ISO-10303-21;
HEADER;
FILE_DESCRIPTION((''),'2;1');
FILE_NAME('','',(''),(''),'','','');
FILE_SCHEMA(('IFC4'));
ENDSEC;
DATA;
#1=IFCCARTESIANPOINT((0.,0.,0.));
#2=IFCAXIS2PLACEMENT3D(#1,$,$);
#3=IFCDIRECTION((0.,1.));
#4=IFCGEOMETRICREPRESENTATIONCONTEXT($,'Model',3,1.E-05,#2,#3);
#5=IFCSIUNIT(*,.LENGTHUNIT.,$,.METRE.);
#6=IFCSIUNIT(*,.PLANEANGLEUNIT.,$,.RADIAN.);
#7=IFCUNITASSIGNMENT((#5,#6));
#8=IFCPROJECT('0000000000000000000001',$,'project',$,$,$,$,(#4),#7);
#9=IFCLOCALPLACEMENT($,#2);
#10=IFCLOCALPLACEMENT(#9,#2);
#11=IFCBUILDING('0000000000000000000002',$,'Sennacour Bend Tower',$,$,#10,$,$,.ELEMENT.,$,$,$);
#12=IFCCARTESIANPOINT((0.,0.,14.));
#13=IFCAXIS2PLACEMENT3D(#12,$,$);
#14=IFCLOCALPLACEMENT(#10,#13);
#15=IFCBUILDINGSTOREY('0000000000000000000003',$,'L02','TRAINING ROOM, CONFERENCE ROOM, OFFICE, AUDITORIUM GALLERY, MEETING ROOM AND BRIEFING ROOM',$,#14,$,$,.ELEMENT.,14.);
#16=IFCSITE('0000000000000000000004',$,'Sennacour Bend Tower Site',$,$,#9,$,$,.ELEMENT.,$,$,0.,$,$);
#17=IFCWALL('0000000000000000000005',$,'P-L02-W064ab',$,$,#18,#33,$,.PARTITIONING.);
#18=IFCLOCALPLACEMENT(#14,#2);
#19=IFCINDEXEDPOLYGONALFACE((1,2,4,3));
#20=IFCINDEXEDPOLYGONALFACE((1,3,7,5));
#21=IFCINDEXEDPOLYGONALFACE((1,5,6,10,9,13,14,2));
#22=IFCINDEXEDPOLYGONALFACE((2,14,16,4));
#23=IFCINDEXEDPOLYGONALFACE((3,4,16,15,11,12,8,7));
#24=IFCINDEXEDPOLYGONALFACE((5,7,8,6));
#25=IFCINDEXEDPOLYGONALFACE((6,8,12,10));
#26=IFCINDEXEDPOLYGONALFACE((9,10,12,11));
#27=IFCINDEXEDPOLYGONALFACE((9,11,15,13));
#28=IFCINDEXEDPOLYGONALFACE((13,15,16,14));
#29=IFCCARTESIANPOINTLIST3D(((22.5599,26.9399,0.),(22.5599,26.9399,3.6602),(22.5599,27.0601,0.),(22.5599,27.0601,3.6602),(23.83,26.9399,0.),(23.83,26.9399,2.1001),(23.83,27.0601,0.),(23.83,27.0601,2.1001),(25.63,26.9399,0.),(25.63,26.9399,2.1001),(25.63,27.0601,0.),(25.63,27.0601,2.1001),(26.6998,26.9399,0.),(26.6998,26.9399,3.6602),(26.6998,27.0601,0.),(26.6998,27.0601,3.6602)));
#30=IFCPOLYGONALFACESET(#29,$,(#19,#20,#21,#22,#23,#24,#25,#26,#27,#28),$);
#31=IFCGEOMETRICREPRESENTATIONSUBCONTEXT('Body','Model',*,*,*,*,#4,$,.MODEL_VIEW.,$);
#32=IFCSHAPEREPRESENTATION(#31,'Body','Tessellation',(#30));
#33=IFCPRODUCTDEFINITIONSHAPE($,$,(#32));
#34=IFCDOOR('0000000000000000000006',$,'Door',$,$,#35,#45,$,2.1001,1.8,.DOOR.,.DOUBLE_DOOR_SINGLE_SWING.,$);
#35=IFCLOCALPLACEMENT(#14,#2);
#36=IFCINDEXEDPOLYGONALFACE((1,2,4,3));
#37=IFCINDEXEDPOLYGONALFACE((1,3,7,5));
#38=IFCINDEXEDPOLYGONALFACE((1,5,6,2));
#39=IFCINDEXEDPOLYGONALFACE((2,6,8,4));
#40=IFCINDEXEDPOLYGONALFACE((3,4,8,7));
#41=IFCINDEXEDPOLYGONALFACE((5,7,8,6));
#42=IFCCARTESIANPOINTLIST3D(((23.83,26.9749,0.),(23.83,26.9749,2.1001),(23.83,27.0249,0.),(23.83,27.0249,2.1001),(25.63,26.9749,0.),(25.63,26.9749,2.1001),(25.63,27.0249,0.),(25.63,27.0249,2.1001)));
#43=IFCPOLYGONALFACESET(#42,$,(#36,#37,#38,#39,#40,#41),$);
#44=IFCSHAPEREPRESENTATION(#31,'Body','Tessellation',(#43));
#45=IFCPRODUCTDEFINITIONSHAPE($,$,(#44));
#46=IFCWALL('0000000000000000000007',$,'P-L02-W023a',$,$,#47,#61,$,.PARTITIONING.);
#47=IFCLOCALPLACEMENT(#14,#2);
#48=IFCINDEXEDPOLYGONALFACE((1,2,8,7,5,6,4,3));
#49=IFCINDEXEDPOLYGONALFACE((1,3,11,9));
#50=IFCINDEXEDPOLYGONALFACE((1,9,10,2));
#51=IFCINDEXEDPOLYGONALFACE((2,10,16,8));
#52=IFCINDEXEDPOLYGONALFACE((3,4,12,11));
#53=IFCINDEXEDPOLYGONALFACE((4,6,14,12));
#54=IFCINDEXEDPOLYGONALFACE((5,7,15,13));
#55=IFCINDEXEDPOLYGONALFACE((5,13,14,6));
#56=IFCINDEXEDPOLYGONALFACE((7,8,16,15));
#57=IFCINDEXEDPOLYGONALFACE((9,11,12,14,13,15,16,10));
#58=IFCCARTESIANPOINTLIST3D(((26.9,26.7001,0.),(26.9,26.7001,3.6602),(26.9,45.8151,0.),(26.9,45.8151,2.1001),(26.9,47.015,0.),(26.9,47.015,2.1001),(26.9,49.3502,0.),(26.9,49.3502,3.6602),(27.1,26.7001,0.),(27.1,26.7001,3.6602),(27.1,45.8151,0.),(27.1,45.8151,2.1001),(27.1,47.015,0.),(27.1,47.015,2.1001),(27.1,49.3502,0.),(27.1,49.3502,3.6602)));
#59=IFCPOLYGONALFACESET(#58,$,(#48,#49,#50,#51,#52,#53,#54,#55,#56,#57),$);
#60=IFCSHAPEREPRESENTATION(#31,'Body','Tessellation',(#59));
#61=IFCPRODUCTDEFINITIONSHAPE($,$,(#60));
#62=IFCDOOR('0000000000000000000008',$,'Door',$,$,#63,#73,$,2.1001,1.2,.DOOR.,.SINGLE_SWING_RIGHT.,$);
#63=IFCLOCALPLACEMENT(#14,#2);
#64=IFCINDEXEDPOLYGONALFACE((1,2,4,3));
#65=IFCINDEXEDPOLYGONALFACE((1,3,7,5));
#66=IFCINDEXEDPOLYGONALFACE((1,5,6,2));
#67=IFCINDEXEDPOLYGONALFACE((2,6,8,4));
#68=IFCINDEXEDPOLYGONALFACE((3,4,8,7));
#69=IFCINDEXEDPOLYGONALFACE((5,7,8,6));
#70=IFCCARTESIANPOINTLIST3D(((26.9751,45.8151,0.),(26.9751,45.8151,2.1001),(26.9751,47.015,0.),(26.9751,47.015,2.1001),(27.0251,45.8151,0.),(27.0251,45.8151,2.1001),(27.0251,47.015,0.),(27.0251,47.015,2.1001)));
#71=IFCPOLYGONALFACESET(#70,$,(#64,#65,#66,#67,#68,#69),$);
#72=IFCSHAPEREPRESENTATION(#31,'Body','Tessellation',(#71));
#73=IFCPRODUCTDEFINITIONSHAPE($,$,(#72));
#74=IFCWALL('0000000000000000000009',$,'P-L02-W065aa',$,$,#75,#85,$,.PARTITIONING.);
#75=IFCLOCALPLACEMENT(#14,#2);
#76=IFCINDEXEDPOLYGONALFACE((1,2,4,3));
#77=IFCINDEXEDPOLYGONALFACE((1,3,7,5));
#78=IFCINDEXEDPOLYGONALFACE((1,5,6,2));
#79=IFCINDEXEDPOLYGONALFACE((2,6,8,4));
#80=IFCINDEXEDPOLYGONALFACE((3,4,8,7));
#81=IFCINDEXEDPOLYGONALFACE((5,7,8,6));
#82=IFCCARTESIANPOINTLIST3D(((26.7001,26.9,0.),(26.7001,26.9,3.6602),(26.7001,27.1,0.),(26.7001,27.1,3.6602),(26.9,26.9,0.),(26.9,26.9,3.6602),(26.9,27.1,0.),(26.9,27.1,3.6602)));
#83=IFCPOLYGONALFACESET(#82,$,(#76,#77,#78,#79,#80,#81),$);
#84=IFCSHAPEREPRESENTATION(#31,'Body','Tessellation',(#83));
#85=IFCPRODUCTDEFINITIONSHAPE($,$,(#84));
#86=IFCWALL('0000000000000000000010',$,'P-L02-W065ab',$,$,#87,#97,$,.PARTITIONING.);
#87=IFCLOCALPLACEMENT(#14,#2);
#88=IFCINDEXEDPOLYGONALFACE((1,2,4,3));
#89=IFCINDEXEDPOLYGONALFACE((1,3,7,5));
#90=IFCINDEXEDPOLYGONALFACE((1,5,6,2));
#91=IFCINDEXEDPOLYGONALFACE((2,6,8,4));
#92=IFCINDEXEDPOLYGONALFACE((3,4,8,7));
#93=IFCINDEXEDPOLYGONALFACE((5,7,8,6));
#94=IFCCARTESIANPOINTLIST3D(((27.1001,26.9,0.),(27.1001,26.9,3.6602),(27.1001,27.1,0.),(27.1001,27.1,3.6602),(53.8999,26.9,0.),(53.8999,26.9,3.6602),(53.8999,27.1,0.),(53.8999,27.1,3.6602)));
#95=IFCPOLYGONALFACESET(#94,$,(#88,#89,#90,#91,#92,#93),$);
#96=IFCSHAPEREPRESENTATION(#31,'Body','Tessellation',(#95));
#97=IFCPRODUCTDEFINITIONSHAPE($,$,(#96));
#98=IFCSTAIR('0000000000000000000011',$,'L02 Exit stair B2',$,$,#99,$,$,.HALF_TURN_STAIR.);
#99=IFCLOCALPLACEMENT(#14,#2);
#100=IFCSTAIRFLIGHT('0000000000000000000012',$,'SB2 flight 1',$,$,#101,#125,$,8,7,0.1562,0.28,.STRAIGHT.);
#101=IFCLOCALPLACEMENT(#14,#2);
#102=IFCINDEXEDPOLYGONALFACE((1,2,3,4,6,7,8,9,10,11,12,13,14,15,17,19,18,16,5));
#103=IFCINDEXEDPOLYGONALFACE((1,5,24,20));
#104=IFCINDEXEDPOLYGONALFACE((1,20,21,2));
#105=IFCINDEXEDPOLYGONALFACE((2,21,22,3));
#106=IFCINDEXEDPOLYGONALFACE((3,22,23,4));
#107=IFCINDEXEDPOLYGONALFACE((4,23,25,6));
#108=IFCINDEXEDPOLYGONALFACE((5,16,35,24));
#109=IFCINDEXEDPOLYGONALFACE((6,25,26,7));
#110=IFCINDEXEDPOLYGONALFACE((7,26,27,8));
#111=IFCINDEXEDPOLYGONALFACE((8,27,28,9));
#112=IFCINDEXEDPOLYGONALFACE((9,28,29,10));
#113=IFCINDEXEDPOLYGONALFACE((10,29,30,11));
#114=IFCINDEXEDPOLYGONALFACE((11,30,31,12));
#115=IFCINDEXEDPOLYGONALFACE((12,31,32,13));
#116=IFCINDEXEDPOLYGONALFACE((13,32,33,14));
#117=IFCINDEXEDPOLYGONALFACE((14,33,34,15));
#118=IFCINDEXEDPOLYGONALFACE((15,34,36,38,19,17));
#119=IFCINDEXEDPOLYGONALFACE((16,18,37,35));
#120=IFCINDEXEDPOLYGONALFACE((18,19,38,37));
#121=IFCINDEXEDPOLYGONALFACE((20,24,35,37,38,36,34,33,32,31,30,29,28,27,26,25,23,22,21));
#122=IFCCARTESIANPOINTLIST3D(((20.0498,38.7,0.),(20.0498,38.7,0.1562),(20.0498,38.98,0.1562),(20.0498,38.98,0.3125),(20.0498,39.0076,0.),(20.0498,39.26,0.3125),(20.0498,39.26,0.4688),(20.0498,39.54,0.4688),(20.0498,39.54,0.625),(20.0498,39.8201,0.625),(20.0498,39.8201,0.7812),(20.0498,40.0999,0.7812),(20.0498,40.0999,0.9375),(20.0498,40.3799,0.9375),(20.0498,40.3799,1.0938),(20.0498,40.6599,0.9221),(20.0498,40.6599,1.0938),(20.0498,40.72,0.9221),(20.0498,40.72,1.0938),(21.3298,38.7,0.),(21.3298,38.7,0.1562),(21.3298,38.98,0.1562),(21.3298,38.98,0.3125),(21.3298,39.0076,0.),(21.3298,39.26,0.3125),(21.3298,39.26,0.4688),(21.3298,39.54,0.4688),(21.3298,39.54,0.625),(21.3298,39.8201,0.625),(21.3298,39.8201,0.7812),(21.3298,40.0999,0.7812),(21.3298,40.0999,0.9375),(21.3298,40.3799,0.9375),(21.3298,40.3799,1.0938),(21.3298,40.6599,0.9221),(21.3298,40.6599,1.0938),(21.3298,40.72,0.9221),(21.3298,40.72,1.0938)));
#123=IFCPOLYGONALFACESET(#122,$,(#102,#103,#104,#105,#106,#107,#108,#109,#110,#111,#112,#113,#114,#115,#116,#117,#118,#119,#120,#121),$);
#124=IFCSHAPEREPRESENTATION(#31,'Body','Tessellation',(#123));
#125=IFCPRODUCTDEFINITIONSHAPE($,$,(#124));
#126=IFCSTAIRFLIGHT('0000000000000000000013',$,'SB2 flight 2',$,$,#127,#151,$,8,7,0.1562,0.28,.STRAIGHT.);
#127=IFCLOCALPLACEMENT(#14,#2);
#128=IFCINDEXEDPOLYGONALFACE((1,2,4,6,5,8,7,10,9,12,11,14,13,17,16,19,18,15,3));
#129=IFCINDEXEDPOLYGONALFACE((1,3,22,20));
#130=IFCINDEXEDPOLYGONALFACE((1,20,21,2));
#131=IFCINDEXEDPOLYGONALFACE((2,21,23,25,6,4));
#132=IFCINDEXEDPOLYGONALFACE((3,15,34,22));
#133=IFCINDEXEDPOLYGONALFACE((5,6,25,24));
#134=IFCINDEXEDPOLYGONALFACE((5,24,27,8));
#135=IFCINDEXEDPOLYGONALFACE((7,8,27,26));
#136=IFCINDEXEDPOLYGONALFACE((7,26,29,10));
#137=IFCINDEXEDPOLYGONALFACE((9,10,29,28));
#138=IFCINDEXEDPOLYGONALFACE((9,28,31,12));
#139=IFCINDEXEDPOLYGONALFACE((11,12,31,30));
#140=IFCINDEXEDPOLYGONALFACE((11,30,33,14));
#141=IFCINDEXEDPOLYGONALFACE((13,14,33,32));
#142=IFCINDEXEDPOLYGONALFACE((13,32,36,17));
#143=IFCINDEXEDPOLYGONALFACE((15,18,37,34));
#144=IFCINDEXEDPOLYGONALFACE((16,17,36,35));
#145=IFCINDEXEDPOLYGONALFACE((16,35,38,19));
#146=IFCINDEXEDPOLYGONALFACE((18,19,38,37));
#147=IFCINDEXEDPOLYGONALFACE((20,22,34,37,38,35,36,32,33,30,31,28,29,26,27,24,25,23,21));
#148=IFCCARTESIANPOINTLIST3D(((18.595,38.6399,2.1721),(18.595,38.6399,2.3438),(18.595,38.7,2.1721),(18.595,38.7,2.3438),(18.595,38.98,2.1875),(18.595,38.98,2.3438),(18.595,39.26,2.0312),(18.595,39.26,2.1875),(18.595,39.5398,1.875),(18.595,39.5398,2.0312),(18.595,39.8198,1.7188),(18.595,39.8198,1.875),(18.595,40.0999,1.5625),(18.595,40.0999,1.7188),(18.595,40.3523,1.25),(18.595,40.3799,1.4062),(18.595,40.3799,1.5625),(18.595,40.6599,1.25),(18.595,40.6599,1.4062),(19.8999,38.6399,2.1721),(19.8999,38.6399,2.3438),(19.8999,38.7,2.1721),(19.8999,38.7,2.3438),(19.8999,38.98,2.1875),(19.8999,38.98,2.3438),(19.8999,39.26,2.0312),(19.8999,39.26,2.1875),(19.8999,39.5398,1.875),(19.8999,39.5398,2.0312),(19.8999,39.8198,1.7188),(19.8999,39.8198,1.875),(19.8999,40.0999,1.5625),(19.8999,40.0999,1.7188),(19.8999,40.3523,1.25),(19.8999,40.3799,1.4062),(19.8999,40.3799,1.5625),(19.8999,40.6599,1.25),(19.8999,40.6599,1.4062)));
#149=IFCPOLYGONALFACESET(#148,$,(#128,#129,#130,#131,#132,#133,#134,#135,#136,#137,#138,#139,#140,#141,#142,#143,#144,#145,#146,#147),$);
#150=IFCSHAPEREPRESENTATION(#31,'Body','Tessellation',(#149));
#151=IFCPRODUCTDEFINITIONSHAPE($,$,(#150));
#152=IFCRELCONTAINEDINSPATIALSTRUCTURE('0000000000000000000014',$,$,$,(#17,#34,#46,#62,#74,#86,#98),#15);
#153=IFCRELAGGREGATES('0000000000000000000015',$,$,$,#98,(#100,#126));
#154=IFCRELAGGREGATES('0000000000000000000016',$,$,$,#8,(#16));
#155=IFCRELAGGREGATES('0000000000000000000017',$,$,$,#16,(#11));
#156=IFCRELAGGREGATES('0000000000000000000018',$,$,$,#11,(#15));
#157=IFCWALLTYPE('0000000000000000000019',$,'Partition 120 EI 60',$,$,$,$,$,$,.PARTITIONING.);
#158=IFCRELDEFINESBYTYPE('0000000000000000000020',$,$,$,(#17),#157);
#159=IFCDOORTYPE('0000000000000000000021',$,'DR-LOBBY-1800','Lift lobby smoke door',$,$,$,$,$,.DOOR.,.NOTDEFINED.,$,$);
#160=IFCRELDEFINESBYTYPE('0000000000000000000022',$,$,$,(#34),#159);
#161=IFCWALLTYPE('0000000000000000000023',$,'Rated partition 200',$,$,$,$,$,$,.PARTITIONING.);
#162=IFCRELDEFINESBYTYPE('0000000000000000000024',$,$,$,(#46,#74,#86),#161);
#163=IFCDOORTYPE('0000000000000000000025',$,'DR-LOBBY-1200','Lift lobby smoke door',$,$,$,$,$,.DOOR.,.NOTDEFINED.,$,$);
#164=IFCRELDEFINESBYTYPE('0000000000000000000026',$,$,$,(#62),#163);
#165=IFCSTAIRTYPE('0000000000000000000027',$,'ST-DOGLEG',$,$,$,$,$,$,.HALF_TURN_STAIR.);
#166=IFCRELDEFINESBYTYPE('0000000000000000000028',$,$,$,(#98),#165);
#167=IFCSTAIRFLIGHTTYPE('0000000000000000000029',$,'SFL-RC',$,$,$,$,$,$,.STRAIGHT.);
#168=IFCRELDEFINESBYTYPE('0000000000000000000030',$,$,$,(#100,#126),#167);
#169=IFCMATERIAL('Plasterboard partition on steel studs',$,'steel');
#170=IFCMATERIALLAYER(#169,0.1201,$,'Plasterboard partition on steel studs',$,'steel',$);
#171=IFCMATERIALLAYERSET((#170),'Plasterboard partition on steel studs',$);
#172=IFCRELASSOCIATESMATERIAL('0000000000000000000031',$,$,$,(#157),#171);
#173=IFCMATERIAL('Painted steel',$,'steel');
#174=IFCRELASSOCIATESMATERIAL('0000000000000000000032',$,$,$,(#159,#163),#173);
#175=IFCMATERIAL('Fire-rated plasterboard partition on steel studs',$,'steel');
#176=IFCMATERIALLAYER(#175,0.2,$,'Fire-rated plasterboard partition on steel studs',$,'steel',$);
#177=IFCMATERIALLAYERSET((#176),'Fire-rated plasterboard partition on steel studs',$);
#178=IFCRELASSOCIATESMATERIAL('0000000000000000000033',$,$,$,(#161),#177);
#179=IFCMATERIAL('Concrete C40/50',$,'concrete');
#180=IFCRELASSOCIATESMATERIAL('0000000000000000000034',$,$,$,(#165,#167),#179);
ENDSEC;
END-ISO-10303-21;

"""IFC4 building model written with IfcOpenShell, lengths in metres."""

from ifc_helpers import new_model, si_unit, direction, frame, frame_2d, origin, place, context, subcontext, project, spatial, polyline, rectangle, outline, extrude, material, layer, layer_set, type_object, element, fill, aggregate, save


model = new_model("IFC4")

# Units and contexts
model_context = context("Model", 3, precision=1e-05, world=origin(), true_north=direction((0.0, 1.0)))
body_context = subcontext(model_context, "Body", "Model", "MODEL_VIEW")
ifc_project = project(units=[si_unit("LENGTHUNIT", "METRE"), si_unit("PLANEANGLEUNIT", "RADIAN")], contexts=[model_context])

# Site, building, storey
site_placement = place(None, origin())
site = spatial("IfcSite", under=ifc_project, at=site_placement, Name="Sennacour Bend Tower Site", CompositionType="ELEMENT", RefElevation=0.0)
building_placement = place(site_placement, origin())
building = spatial("IfcBuilding", under=site, at=building_placement, Name="Sennacour Bend Tower", CompositionType="ELEMENT")
storey_placement = place(building_placement, frame((0.0, 0.0, 14.0)))
storey = spatial("IfcBuildingStorey", under=building, at=storey_placement, Name="L02", Description="TRAINING ROOM, CONFERENCE ROOM, OFFICE, AUDITORIUM GALLERY, MEETING ROOM AND BRIEFING ROOM", CompositionType="ELEMENT", Elevation=14.0)

# Shared definitions
ifc_material_1 = material(Name="Plasterboard partition on steel studs", Category="steel")

# Walls, openings, doors
ifc_layer_1 = layer(ifc_material_1, 0.1201, Name="Plasterboard partition on steel studs", Category="steel")
ifc_layer_set_1 = layer_set([ifc_layer_1], Name="Plasterboard partition on steel studs")
wall_type_1 = type_object("IfcWallType", Name="Partition 120 EI 60", PredefinedType="PARTITIONING", material=ifc_layer_set_1)
wall_1_placement = place(storey_placement, frame((22.5601, 27.0, 0.0), z_axis=(0.0, 0.0, 1.0), x_axis=(1.0, 0.0, 0.0)))
wall_1 = element("IfcWall", 1, at=wall_1_placement, inside=storey, type_object=wall_type_1, Name="P-L02-W064ab", PredefinedType="PARTITIONING", context=body_context, shape_type="SweptSolid", body=[
    extrude(rectangle(XDim=4.1399, YDim=0.1201, at=frame_2d((2.0698, 0.0))), origin(), (0.0, 0.0, 1.0), 3.6602),
])
opening_1_placement = place(wall_1_placement, frame((1.27, 0.0, 0.0)))
opening_1 = element("IfcOpeningElement", 2, at=opening_1_placement, cuts=wall_1, PredefinedType="OPENING", context=body_context, shape_type="SweptSolid", body=[
    extrude(rectangle(XDim=1.8, YDim=2.1001, at=frame_2d((0.8999, 1.05))), frame((0.0, 0.0701, 0.0), z_axis=(0.0, -1.0, 0.0), x_axis=(1.0, 0.0, 0.0)), (0.0, 0.0, 1.0), 0.1401),
])
ifc_material_2 = material(Name="Painted steel", Category="steel")
door_type_1 = type_object("IfcDoorType", Name="DR-LOBBY-1800", Description="Lift lobby smoke door", OperationType="NOTDEFINED", PredefinedType="DOOR", material=ifc_material_2)
door_1_placement = place(opening_1_placement, origin())
door_1 = element("IfcDoor", 3, at=door_1_placement, inside=storey, type_object=door_type_1, Name="Door", OperationType="DOUBLE_DOOR_SINGLE_SWING", OverallHeight=2.1001, OverallWidth=1.8, PredefinedType="DOOR", context=body_context, shape_type="SweptSolid", body=[
    extrude(rectangle(XDim=1.8, YDim=2.1001, at=frame_2d((0.8999, 1.05))), frame((0.0, 0.0249, 0.0), z_axis=(0.0, -1.0, 0.0), x_axis=(1.0, 0.0, 0.0)), (0.0, 0.0, 1.0), 0.05),
])
fill(opening_1, door_1)
ifc_material_3 = material(Name="Fire-rated plasterboard partition on steel studs", Category="steel")
ifc_layer_2 = layer(ifc_material_3, 0.2, Name="Fire-rated plasterboard partition on steel studs", Category="steel")
ifc_layer_set_2 = layer_set([ifc_layer_2], Name="Fire-rated plasterboard partition on steel studs")
wall_type_2 = type_object("IfcWallType", Name="Rated partition 200", PredefinedType="PARTITIONING", material=ifc_layer_set_2)
wall_2_placement = place(storey_placement, frame((27.0, 26.7, 0.0), z_axis=(0.0, 0.0, 1.0), x_axis=(0.0, 1.0, 0.0)))
wall_2 = element("IfcWall", 4, at=wall_2_placement, inside=storey, type_object=wall_type_2, Name="P-L02-W023a", PredefinedType="PARTITIONING", context=body_context, shape_type="SweptSolid", body=[
    extrude(rectangle(XDim=22.6501, YDim=0.2, at=frame_2d((11.3252, 0.0))), origin(), (0.0, 0.0, 1.0), 3.6602),
])
opening_2_placement = place(wall_2_placement, frame((19.115, 0.0, 0.0)))
opening_2 = element("IfcOpeningElement", 5, at=opening_2_placement, cuts=wall_2, PredefinedType="OPENING", context=body_context, shape_type="SweptSolid", body=[
    extrude(rectangle(XDim=1.2, YDim=2.1001, at=frame_2d((0.6001, 1.05))), frame((0.0, 0.1099, 0.0), z_axis=(0.0, -1.0, 0.0), x_axis=(1.0, 0.0, 0.0)), (0.0, 0.0, 1.0), 0.22),
])
door_type_2 = type_object("IfcDoorType", Name="DR-LOBBY-1200", Description="Lift lobby smoke door", OperationType="NOTDEFINED", PredefinedType="DOOR", material=ifc_material_2)
door_2_placement = place(opening_2_placement, origin())
door_2 = element("IfcDoor", 6, at=door_2_placement, inside=storey, type_object=door_type_2, Name="Door", OperationType="SINGLE_SWING_RIGHT", OverallHeight=2.1001, OverallWidth=1.2, PredefinedType="DOOR", context=body_context, shape_type="SweptSolid", body=[
    extrude(rectangle(XDim=1.2, YDim=2.1001, at=frame_2d((0.6001, 1.05))), frame((0.0, 0.0249, 0.0), z_axis=(0.0, -1.0, 0.0), x_axis=(1.0, 0.0, 0.0)), (0.0, 0.0, 1.0), 0.05),
])
fill(opening_2, door_2)

# Walls
wall_3_placement = place(storey_placement, frame((26.7, 27.0, 0.0), z_axis=(0.0, 0.0, 1.0), x_axis=(1.0, 0.0, 0.0)))
element("IfcWall", 7, at=wall_3_placement, inside=storey, type_object=wall_type_2, Name="P-L02-W065aa", PredefinedType="PARTITIONING", context=body_context, shape_type="SweptSolid", body=[
    extrude(rectangle(XDim=0.2, YDim=0.2, at=frame_2d((0.1001, 0.0))), origin(), (0.0, 0.0, 1.0), 3.6602),
])
wall_4_placement = place(storey_placement, frame((27.1001, 27.0, 0.0), z_axis=(0.0, 0.0, 1.0), x_axis=(1.0, 0.0, 0.0)))
element("IfcWall", 8, at=wall_4_placement, inside=storey, type_object=wall_type_2, Name="P-L02-W065ab", PredefinedType="PARTITIONING", context=body_context, shape_type="SweptSolid", body=[
    extrude(rectangle(XDim=26.7998, YDim=0.2, at=frame_2d((13.3999, 0.0))), origin(), (0.0, 0.0, 1.0), 3.6602),
])

# Stair, stair flights
ifc_material_4 = material(Name="Concrete C40/50", Category="concrete")
stair_type = type_object("IfcStairType", Name="ST-DOGLEG", PredefinedType="HALF_TURN_STAIR", material=ifc_material_4)
stair_placement = place(storey_placement, origin())
stair = element("IfcStair", 9, at=stair_placement, inside=storey, type_object=stair_type, Name="L02 Exit stair B2", PredefinedType="HALF_TURN_STAIR")
stair_flight_type = type_object("IfcStairFlightType", Name="SFL-RC", PredefinedType="STRAIGHT", material=ifc_material_4)
stair_flight_1_placement = place(storey_placement, frame((20.6899, 38.7, 0.0), z_axis=(0.0, 0.0, 1.0), x_axis=(0.0, 1.0, 0.0)))
stair_flight_1 = element("IfcStairFlight", 10, at=stair_flight_1_placement, type_object=stair_flight_type, Name="SB2 flight 1", NumberOfRisers=8, NumberOfTreads=7, PredefinedType="STRAIGHT", RiserHeight=0.1562, TreadLength=0.28, context=body_context, shape_type="SweptSolid", body=[
    extrude(outline(polyline([(0.0, 0.0), (0.0, 0.1562), (0.28, 0.1562), (0.28, 0.3125), (0.5601, 0.3125), (0.5601, 0.4688), (0.8401, 0.4688), (0.8401, 0.625), (1.1201, 0.625), (1.1201, 0.7812), (1.3999, 0.7812), (1.3999, 0.9375), (1.6799, 0.9375), (1.6799, 1.0938), (1.96, 1.0938), (2.02, 1.0938), (2.02, 0.9221), (1.96, 0.9221), (0.3076, 0.0), (0.0, 0.0)])), frame((0.0, 0.6401, 0.0), z_axis=(0.0, -1.0, 0.0), x_axis=(1.0, 0.0, 0.0)), (0.0, 0.0, 1.0), 1.28),
])
stair_flight_2_placement = place(storey_placement, frame((19.2476, 40.6599, 1.25), z_axis=(0.0, 0.0, 1.0), x_axis=(0.0, -1.0, 0.0)))
stair_flight_2 = element("IfcStairFlight", 11, at=stair_flight_2_placement, type_object=stair_flight_type, Name="SB2 flight 2", NumberOfRisers=8, NumberOfTreads=7, PredefinedType="STRAIGHT", RiserHeight=0.1562, TreadLength=0.28, context=body_context, shape_type="SweptSolid", body=[
    extrude(outline(polyline([(0.0, 0.0), (0.0, 0.1562), (0.28, 0.1562), (0.28, 0.3125), (0.5601, 0.3125), (0.5601, 0.4688), (0.8401, 0.4688), (0.8401, 0.625), (1.1201, 0.625), (1.1201, 0.7812), (1.3999, 0.7812), (1.3999, 0.9375), (1.6799, 0.9375), (1.6799, 1.0938), (1.96, 1.0938), (2.02, 1.0938), (2.02, 0.9221), (1.96, 0.9221), (0.3076, 0.0), (0.0, 0.0)])), frame((0.0, 0.6523, 0.0), z_axis=(0.0, -1.0, 0.0), x_axis=(1.0, 0.0, 0.0)), (0.0, 0.0, 1.0), 1.3049),
])
aggregate(stair, [stair_flight_1, stair_flight_2])

save(model, "model.ifc")
